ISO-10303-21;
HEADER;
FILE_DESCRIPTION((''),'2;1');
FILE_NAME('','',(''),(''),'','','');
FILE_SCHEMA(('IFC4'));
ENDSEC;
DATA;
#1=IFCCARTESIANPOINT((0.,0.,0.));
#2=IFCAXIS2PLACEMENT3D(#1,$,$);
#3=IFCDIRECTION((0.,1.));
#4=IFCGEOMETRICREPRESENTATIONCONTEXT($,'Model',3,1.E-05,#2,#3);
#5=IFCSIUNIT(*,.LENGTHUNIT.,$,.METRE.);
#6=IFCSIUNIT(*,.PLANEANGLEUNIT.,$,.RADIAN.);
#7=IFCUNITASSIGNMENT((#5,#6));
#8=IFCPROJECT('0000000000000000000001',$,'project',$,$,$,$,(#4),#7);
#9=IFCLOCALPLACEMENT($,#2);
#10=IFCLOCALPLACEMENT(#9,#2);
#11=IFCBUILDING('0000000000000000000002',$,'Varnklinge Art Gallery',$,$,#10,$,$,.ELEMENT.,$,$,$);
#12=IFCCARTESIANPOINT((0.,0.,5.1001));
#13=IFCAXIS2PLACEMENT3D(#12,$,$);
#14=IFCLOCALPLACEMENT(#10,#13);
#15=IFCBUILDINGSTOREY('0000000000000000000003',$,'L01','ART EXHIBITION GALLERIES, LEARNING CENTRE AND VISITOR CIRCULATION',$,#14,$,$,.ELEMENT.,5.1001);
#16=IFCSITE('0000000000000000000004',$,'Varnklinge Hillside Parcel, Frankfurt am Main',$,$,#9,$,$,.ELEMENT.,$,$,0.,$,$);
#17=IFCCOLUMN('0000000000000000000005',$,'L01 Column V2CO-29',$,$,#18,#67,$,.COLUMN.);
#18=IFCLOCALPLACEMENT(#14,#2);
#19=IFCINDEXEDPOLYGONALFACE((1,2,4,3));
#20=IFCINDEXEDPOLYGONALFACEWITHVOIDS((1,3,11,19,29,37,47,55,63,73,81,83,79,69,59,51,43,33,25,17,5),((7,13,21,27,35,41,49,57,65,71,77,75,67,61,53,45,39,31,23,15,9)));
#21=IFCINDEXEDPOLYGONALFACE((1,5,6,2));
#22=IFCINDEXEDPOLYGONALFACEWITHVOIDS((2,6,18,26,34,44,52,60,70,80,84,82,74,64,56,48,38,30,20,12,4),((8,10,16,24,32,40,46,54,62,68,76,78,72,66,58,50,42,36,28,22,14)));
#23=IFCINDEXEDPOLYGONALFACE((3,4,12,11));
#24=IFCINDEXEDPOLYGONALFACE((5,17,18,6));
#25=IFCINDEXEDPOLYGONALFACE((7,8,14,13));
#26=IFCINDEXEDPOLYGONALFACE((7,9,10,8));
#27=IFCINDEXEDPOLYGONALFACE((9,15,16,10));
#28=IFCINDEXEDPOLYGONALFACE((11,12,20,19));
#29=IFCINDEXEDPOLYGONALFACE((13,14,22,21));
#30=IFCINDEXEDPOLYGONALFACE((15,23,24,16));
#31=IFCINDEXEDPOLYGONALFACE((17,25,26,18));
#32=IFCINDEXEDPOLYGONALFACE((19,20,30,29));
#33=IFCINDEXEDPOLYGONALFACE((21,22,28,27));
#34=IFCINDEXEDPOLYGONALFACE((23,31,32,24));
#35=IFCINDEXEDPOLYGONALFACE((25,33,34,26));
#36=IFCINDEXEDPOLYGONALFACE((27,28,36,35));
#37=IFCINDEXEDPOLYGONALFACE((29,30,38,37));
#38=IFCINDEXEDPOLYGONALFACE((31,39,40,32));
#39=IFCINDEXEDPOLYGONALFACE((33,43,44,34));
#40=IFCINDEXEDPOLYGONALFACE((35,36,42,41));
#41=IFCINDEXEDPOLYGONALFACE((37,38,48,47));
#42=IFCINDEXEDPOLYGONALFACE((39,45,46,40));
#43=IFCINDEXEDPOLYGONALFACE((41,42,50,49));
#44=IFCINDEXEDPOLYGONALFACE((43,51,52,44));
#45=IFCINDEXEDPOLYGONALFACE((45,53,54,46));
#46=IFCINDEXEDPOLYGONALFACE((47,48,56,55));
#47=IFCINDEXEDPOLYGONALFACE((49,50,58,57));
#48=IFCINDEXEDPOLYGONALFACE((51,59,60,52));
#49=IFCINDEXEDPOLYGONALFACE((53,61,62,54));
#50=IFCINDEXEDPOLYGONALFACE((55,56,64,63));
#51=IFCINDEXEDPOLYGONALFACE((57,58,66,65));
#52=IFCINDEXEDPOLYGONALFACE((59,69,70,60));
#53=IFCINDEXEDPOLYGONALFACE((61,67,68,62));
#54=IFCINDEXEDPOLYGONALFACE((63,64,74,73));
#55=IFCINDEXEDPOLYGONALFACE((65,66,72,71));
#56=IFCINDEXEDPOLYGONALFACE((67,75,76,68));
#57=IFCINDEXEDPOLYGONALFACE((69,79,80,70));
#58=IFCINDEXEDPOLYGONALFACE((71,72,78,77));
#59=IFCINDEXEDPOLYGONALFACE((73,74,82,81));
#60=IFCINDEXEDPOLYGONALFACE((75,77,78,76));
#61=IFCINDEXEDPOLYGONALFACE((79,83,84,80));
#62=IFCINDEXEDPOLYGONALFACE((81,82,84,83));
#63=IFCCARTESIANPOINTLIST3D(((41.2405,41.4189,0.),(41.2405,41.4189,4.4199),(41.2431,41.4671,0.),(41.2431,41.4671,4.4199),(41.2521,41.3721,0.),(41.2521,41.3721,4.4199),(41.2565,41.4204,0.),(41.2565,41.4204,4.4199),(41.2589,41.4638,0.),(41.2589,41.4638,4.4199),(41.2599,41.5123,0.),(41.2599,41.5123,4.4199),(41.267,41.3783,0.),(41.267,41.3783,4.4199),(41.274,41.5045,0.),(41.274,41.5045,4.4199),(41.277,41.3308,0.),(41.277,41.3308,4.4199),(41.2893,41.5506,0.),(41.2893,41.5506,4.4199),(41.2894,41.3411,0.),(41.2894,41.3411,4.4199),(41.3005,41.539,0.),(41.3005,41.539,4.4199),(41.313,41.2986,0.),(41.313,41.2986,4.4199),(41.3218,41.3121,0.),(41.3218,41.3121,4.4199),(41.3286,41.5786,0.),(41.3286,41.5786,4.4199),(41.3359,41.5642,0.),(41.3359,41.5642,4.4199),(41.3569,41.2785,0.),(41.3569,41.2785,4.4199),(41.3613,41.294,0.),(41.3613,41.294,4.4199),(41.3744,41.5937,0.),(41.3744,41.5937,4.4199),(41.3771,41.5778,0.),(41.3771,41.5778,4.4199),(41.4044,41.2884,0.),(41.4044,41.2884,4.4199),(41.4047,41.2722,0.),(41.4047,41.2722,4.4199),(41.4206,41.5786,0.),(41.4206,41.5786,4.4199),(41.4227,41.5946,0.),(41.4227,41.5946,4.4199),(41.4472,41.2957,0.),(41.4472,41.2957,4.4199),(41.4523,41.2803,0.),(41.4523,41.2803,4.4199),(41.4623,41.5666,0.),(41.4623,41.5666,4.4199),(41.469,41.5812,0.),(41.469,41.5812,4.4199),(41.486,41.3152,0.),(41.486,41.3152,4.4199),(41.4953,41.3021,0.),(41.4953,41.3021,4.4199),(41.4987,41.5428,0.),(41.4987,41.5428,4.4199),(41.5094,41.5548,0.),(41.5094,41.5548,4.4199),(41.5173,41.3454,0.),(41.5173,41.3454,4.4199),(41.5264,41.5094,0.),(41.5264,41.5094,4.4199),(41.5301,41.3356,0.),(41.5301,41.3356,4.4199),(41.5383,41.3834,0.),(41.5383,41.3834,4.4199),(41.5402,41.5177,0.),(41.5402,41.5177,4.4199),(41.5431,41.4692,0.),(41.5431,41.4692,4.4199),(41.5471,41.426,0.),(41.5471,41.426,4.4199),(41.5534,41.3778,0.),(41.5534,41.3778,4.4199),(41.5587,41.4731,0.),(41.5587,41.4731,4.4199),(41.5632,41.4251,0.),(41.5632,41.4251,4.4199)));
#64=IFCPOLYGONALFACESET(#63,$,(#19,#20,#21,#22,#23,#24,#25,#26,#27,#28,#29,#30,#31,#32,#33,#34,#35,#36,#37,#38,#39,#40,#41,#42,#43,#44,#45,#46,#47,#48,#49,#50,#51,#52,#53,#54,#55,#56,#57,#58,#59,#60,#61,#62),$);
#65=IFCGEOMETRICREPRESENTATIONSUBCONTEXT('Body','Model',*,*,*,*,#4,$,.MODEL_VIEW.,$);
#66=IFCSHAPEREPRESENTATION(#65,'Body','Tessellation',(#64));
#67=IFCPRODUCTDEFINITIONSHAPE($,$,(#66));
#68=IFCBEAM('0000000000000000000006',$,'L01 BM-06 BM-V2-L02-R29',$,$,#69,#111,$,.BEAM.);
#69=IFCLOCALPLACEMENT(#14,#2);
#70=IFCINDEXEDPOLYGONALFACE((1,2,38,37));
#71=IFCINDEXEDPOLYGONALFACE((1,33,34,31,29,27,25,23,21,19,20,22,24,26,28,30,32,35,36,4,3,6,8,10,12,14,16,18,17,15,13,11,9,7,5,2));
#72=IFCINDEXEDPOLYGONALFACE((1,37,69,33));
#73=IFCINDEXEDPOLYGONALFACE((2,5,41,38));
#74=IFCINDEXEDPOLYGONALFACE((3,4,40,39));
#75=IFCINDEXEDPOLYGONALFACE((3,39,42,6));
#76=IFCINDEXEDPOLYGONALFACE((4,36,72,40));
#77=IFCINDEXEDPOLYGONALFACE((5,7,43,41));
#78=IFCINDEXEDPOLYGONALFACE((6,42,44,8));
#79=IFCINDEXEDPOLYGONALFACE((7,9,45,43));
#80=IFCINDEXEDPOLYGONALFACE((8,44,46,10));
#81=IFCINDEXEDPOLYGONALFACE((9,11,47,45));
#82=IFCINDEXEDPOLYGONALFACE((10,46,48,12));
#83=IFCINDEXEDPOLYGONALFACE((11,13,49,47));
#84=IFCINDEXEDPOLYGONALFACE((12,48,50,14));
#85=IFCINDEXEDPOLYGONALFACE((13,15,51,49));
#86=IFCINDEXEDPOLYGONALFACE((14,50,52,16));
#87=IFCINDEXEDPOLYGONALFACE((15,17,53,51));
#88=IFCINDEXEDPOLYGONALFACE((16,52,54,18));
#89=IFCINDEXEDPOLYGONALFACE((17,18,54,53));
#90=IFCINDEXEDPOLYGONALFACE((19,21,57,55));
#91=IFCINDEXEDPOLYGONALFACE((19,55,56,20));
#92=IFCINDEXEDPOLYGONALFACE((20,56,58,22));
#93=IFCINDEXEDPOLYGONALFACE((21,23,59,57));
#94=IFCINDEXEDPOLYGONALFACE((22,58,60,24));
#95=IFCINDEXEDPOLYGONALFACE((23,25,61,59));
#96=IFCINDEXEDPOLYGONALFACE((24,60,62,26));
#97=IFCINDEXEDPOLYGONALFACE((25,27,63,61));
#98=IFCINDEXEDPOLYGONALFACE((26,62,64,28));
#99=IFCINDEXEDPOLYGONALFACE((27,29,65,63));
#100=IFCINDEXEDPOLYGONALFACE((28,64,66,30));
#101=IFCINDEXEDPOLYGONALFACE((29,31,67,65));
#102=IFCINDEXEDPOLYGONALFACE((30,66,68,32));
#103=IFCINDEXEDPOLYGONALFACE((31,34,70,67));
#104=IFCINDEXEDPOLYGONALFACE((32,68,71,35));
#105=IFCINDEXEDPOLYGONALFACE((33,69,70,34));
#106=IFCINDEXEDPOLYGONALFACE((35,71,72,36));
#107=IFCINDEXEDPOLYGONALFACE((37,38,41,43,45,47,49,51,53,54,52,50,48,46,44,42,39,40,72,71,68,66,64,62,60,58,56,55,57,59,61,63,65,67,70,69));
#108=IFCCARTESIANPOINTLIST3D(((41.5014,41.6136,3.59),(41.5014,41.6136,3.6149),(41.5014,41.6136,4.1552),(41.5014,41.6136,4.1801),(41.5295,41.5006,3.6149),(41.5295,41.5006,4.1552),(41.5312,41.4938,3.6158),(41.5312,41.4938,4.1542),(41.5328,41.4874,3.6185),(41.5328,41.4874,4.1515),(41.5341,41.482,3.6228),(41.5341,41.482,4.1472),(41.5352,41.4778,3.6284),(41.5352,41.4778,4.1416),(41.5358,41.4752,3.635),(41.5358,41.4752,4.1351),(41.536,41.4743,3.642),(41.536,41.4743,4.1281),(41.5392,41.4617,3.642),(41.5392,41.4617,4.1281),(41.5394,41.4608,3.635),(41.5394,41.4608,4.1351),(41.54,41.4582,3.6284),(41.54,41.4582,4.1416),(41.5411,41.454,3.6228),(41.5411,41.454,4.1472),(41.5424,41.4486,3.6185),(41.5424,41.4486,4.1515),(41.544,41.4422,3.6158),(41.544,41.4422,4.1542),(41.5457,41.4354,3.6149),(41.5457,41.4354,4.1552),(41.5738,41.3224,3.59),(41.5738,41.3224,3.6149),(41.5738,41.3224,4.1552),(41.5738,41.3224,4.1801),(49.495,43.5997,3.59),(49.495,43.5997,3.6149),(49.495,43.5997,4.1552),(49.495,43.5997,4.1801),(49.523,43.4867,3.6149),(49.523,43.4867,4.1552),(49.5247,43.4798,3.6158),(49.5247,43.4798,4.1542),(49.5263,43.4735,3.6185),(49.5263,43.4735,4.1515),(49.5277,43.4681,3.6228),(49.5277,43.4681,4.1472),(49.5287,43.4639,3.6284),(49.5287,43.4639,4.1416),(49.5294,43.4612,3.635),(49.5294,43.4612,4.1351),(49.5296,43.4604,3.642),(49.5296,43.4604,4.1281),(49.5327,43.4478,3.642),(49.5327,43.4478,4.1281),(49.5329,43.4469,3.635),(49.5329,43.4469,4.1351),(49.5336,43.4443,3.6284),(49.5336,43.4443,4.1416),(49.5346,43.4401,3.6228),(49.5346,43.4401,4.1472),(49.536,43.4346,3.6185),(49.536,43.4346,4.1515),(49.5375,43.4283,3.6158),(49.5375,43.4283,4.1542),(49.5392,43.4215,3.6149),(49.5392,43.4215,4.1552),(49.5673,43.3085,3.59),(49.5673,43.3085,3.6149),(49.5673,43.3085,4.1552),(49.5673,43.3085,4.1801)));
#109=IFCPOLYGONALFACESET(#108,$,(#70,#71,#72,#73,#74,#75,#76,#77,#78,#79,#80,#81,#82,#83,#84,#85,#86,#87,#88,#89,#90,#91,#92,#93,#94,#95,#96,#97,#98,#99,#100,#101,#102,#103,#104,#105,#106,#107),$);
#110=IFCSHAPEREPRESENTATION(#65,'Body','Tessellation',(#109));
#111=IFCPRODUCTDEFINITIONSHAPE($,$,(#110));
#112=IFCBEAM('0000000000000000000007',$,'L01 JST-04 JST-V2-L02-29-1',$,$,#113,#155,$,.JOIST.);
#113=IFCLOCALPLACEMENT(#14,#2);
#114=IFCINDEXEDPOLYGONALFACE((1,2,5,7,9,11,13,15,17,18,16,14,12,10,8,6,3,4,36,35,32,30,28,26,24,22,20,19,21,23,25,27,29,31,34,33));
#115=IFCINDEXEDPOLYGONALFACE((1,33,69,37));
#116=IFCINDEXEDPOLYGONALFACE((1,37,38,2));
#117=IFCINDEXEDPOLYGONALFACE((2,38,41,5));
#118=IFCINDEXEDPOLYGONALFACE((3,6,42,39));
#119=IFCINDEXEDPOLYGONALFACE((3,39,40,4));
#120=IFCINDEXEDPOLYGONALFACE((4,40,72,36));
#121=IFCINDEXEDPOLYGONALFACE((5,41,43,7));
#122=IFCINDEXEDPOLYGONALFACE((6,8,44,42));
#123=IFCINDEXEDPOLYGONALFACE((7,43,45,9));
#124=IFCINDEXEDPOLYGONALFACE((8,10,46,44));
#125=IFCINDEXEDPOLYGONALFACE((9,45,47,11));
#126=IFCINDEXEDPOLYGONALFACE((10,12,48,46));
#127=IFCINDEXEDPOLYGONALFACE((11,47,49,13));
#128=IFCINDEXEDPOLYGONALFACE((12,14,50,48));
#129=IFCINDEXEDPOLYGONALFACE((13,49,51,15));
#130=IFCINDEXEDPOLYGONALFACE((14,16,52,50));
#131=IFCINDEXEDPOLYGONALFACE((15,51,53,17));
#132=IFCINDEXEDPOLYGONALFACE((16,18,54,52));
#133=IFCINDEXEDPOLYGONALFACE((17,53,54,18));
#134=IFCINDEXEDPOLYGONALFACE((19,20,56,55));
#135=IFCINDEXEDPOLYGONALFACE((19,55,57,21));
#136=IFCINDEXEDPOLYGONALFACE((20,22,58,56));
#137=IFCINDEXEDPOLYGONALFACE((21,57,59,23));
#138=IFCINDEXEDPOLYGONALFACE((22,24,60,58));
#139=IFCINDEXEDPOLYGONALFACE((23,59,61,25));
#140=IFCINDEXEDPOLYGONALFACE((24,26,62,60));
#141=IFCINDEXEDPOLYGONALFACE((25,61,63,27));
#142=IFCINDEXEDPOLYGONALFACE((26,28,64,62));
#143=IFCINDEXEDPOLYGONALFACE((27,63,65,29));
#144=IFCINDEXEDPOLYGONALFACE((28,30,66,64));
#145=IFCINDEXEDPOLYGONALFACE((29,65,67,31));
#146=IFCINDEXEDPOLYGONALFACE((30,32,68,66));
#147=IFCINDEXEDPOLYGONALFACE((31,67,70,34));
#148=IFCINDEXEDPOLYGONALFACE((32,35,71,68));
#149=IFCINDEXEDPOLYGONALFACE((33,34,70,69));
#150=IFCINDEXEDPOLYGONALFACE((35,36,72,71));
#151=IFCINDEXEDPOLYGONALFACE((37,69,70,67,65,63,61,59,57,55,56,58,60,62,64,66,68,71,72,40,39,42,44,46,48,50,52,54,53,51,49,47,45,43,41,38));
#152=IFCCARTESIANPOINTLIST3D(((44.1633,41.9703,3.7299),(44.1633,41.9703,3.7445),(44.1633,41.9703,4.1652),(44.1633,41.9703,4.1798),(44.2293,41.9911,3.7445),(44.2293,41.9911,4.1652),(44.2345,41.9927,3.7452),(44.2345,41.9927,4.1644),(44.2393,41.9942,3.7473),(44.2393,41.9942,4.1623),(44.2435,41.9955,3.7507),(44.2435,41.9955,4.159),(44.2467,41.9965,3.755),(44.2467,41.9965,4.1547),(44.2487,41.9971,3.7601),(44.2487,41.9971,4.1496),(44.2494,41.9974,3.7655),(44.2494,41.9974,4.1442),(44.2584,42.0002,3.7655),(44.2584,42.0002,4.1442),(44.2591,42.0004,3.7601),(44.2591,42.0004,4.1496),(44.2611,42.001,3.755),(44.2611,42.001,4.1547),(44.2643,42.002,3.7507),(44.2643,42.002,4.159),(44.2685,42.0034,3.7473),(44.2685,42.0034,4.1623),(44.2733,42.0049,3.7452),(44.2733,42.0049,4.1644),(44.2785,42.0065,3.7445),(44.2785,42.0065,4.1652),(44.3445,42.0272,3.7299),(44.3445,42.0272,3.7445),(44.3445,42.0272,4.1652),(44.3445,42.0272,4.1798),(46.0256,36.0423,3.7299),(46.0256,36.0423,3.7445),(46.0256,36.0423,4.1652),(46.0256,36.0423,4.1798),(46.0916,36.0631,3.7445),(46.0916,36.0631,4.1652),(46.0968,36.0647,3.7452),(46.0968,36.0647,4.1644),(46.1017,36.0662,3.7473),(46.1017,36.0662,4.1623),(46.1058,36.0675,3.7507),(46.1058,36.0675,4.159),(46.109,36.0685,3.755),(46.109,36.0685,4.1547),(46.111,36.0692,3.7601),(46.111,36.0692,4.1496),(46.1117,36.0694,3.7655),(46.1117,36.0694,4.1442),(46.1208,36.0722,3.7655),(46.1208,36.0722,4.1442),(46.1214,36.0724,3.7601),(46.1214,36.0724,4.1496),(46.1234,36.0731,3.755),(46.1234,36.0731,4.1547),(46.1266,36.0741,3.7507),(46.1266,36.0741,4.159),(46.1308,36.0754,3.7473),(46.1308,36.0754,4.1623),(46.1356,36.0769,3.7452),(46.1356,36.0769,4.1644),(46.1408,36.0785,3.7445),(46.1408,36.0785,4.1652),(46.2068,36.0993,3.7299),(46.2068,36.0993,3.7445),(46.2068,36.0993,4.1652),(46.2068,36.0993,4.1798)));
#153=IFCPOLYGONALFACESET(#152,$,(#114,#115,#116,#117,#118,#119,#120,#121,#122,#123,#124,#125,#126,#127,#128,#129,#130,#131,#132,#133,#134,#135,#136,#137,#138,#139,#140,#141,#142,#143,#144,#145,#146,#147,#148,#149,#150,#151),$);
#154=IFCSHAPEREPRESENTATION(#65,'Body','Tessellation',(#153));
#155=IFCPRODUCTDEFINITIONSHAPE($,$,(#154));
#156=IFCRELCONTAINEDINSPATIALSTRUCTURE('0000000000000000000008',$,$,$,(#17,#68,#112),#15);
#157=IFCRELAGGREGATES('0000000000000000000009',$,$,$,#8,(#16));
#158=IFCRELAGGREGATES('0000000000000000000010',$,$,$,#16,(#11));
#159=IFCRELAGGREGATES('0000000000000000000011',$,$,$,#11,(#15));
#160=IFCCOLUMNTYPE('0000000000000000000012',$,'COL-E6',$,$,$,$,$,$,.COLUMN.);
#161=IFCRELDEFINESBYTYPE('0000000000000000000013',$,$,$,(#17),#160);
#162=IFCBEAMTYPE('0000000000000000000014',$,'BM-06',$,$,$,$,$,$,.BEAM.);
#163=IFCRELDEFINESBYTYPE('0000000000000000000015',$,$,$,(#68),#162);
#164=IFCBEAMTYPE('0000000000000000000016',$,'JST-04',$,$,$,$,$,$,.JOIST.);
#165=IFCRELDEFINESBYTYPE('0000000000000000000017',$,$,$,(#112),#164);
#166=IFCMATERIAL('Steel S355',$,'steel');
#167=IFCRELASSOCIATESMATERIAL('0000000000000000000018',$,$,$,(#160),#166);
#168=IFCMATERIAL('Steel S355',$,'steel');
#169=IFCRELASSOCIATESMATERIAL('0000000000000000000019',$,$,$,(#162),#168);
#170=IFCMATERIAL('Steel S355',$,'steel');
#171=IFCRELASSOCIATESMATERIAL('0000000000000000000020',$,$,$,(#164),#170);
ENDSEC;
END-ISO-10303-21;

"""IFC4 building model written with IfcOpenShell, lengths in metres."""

from ifc_helpers import new_model, si_unit, direction, frame, origin, origin_2d, place, context, subcontext, project, spatial, hollow_circle, i_section, extrude, material, material_profile, profile_set, type_object, element, save


model = new_model("IFC4")

# Units and contexts
model_context = context("Model", 3, precision=1e-05, world=origin(), true_north=direction((0.0, 1.0)))
body_context = subcontext(model_context, "Body", "Model", "MODEL_VIEW")
ifc_project = project(units=[si_unit("LENGTHUNIT", "METRE"), si_unit("PLANEANGLEUNIT", "RADIAN")], contexts=[model_context])

# Site, building, storey
site_placement = place(None, origin())
site = spatial("IfcSite", under=ifc_project, at=site_placement, Name="Varnklinge Hillside Parcel, Frankfurt am Main", CompositionType="ELEMENT", RefElevation=0.0)
building_placement = place(site_placement, origin())
building = spatial("IfcBuilding", under=site, at=building_placement, Name="Varnklinge Art Gallery", CompositionType="ELEMENT")
storey_placement = place(building_placement, frame((0.0, 0.0, 5.1001)))
storey = spatial("IfcBuildingStorey", under=building, at=storey_placement, Name="L01", Description="ART EXHIBITION GALLERIES, LEARNING CENTRE AND VISITOR CIRCULATION", CompositionType="ELEMENT", Elevation=5.1001)

# Column
ifc_material_1 = material(Name="Steel S355", Category="steel")
ifc_material_profile_1 = material_profile(ifc_material_1, hollow_circle(Radius=0.1619, WallThickness=0.0161, at=origin_2d()), Name="CHS 323.9x16")
ifc_profile_set_1 = profile_set([ifc_material_profile_1], Name="Steel S355")
column_type = type_object("IfcColumnType", Name="COL-E6", PredefinedType="COLUMN", material=ifc_profile_set_1)
column_placement = place(storey_placement, frame((41.4016, 41.4341, 0.0), z_axis=(0.0, 0.0, 1.0), x_axis=(0.970506, 0.241075, 0.0)))
element("IfcColumn", 1, at=column_placement, inside=storey, type_object=column_type, Name="L01 Column V2CO-29", PredefinedType="COLUMN", context=body_context, shape_type="SweptSolid", body=[
    extrude(hollow_circle(Radius=0.1619, WallThickness=0.0161, at=origin_2d()), origin(), (0.0, 0.0, 1.0), 4.4199),
])

# Beams
ifc_material_2 = material(Name="Steel S355", Category="steel")
ifc_material_profile_2 = material_profile(ifc_material_2, i_section(OverallWidth=0.3, OverallDepth=0.5901, WebThickness=0.0129, FlangeThickness=0.0249, FilletRadius=0.0271, at=origin_2d()), Name="HEA 600")
ifc_profile_set_2 = profile_set([ifc_material_profile_2], Name="Steel S355")
beam_type_1 = type_object("IfcBeamType", Name="BM-06", PredefinedType="BEAM", material=ifc_profile_set_2)
beam_1_placement = place(storey_placement, frame((41.5376, 41.468, 3.885), z_axis=(0.970494, 0.241127, 0.0), x_axis=(-0.241127, 0.970494, 0.0)))
element("IfcBeam", 2, at=beam_1_placement, inside=storey, type_object=beam_type_1, Name="L01 BM-06 BM-V2-L02-R29", PredefinedType="BEAM", context=body_context, shape_type="SweptSolid", body=[
    extrude(i_section(OverallWidth=0.3, OverallDepth=0.5901, WebThickness=0.0129, FlangeThickness=0.0249, FilletRadius=0.0271, at=origin_2d()), origin(), (0.0, 0.0, 1.0), 8.2366),
])
ifc_material_3 = material(Name="Steel S355", Category="steel")
ifc_material_profile_3 = material_profile(ifc_material_3, i_section(OverallWidth=0.1899, OverallDepth=0.45, WebThickness=0.0095, FlangeThickness=0.0146, FilletRadius=0.021, at=origin_2d()), Name="IPE 450")
ifc_profile_set_3 = profile_set([ifc_material_profile_3], Name="Steel S355")
beam_type_2 = type_object("IfcBeamType", Name="JST-04", PredefinedType="JOIST", material=ifc_profile_set_3)
beam_2_placement = place(storey_placement, frame((44.2539, 41.9988, 3.9548), z_axis=(0.299713, -0.954029, 0.0), x_axis=(0.954029, 0.299713, 0.0)))
element("IfcBeam", 3, at=beam_2_placement, inside=storey, type_object=beam_type_2, Name="L01 JST-04 JST-V2-L02-29-1", PredefinedType="JOIST", context=body_context, shape_type="SweptSolid", body=[
    extrude(i_section(OverallWidth=0.1899, OverallDepth=0.45, WebThickness=0.0095, FlangeThickness=0.0146, FilletRadius=0.021, at=origin_2d()), origin(), (0.0, 0.0, 1.0), 6.2136),
])

save(model, "model.ifc")
